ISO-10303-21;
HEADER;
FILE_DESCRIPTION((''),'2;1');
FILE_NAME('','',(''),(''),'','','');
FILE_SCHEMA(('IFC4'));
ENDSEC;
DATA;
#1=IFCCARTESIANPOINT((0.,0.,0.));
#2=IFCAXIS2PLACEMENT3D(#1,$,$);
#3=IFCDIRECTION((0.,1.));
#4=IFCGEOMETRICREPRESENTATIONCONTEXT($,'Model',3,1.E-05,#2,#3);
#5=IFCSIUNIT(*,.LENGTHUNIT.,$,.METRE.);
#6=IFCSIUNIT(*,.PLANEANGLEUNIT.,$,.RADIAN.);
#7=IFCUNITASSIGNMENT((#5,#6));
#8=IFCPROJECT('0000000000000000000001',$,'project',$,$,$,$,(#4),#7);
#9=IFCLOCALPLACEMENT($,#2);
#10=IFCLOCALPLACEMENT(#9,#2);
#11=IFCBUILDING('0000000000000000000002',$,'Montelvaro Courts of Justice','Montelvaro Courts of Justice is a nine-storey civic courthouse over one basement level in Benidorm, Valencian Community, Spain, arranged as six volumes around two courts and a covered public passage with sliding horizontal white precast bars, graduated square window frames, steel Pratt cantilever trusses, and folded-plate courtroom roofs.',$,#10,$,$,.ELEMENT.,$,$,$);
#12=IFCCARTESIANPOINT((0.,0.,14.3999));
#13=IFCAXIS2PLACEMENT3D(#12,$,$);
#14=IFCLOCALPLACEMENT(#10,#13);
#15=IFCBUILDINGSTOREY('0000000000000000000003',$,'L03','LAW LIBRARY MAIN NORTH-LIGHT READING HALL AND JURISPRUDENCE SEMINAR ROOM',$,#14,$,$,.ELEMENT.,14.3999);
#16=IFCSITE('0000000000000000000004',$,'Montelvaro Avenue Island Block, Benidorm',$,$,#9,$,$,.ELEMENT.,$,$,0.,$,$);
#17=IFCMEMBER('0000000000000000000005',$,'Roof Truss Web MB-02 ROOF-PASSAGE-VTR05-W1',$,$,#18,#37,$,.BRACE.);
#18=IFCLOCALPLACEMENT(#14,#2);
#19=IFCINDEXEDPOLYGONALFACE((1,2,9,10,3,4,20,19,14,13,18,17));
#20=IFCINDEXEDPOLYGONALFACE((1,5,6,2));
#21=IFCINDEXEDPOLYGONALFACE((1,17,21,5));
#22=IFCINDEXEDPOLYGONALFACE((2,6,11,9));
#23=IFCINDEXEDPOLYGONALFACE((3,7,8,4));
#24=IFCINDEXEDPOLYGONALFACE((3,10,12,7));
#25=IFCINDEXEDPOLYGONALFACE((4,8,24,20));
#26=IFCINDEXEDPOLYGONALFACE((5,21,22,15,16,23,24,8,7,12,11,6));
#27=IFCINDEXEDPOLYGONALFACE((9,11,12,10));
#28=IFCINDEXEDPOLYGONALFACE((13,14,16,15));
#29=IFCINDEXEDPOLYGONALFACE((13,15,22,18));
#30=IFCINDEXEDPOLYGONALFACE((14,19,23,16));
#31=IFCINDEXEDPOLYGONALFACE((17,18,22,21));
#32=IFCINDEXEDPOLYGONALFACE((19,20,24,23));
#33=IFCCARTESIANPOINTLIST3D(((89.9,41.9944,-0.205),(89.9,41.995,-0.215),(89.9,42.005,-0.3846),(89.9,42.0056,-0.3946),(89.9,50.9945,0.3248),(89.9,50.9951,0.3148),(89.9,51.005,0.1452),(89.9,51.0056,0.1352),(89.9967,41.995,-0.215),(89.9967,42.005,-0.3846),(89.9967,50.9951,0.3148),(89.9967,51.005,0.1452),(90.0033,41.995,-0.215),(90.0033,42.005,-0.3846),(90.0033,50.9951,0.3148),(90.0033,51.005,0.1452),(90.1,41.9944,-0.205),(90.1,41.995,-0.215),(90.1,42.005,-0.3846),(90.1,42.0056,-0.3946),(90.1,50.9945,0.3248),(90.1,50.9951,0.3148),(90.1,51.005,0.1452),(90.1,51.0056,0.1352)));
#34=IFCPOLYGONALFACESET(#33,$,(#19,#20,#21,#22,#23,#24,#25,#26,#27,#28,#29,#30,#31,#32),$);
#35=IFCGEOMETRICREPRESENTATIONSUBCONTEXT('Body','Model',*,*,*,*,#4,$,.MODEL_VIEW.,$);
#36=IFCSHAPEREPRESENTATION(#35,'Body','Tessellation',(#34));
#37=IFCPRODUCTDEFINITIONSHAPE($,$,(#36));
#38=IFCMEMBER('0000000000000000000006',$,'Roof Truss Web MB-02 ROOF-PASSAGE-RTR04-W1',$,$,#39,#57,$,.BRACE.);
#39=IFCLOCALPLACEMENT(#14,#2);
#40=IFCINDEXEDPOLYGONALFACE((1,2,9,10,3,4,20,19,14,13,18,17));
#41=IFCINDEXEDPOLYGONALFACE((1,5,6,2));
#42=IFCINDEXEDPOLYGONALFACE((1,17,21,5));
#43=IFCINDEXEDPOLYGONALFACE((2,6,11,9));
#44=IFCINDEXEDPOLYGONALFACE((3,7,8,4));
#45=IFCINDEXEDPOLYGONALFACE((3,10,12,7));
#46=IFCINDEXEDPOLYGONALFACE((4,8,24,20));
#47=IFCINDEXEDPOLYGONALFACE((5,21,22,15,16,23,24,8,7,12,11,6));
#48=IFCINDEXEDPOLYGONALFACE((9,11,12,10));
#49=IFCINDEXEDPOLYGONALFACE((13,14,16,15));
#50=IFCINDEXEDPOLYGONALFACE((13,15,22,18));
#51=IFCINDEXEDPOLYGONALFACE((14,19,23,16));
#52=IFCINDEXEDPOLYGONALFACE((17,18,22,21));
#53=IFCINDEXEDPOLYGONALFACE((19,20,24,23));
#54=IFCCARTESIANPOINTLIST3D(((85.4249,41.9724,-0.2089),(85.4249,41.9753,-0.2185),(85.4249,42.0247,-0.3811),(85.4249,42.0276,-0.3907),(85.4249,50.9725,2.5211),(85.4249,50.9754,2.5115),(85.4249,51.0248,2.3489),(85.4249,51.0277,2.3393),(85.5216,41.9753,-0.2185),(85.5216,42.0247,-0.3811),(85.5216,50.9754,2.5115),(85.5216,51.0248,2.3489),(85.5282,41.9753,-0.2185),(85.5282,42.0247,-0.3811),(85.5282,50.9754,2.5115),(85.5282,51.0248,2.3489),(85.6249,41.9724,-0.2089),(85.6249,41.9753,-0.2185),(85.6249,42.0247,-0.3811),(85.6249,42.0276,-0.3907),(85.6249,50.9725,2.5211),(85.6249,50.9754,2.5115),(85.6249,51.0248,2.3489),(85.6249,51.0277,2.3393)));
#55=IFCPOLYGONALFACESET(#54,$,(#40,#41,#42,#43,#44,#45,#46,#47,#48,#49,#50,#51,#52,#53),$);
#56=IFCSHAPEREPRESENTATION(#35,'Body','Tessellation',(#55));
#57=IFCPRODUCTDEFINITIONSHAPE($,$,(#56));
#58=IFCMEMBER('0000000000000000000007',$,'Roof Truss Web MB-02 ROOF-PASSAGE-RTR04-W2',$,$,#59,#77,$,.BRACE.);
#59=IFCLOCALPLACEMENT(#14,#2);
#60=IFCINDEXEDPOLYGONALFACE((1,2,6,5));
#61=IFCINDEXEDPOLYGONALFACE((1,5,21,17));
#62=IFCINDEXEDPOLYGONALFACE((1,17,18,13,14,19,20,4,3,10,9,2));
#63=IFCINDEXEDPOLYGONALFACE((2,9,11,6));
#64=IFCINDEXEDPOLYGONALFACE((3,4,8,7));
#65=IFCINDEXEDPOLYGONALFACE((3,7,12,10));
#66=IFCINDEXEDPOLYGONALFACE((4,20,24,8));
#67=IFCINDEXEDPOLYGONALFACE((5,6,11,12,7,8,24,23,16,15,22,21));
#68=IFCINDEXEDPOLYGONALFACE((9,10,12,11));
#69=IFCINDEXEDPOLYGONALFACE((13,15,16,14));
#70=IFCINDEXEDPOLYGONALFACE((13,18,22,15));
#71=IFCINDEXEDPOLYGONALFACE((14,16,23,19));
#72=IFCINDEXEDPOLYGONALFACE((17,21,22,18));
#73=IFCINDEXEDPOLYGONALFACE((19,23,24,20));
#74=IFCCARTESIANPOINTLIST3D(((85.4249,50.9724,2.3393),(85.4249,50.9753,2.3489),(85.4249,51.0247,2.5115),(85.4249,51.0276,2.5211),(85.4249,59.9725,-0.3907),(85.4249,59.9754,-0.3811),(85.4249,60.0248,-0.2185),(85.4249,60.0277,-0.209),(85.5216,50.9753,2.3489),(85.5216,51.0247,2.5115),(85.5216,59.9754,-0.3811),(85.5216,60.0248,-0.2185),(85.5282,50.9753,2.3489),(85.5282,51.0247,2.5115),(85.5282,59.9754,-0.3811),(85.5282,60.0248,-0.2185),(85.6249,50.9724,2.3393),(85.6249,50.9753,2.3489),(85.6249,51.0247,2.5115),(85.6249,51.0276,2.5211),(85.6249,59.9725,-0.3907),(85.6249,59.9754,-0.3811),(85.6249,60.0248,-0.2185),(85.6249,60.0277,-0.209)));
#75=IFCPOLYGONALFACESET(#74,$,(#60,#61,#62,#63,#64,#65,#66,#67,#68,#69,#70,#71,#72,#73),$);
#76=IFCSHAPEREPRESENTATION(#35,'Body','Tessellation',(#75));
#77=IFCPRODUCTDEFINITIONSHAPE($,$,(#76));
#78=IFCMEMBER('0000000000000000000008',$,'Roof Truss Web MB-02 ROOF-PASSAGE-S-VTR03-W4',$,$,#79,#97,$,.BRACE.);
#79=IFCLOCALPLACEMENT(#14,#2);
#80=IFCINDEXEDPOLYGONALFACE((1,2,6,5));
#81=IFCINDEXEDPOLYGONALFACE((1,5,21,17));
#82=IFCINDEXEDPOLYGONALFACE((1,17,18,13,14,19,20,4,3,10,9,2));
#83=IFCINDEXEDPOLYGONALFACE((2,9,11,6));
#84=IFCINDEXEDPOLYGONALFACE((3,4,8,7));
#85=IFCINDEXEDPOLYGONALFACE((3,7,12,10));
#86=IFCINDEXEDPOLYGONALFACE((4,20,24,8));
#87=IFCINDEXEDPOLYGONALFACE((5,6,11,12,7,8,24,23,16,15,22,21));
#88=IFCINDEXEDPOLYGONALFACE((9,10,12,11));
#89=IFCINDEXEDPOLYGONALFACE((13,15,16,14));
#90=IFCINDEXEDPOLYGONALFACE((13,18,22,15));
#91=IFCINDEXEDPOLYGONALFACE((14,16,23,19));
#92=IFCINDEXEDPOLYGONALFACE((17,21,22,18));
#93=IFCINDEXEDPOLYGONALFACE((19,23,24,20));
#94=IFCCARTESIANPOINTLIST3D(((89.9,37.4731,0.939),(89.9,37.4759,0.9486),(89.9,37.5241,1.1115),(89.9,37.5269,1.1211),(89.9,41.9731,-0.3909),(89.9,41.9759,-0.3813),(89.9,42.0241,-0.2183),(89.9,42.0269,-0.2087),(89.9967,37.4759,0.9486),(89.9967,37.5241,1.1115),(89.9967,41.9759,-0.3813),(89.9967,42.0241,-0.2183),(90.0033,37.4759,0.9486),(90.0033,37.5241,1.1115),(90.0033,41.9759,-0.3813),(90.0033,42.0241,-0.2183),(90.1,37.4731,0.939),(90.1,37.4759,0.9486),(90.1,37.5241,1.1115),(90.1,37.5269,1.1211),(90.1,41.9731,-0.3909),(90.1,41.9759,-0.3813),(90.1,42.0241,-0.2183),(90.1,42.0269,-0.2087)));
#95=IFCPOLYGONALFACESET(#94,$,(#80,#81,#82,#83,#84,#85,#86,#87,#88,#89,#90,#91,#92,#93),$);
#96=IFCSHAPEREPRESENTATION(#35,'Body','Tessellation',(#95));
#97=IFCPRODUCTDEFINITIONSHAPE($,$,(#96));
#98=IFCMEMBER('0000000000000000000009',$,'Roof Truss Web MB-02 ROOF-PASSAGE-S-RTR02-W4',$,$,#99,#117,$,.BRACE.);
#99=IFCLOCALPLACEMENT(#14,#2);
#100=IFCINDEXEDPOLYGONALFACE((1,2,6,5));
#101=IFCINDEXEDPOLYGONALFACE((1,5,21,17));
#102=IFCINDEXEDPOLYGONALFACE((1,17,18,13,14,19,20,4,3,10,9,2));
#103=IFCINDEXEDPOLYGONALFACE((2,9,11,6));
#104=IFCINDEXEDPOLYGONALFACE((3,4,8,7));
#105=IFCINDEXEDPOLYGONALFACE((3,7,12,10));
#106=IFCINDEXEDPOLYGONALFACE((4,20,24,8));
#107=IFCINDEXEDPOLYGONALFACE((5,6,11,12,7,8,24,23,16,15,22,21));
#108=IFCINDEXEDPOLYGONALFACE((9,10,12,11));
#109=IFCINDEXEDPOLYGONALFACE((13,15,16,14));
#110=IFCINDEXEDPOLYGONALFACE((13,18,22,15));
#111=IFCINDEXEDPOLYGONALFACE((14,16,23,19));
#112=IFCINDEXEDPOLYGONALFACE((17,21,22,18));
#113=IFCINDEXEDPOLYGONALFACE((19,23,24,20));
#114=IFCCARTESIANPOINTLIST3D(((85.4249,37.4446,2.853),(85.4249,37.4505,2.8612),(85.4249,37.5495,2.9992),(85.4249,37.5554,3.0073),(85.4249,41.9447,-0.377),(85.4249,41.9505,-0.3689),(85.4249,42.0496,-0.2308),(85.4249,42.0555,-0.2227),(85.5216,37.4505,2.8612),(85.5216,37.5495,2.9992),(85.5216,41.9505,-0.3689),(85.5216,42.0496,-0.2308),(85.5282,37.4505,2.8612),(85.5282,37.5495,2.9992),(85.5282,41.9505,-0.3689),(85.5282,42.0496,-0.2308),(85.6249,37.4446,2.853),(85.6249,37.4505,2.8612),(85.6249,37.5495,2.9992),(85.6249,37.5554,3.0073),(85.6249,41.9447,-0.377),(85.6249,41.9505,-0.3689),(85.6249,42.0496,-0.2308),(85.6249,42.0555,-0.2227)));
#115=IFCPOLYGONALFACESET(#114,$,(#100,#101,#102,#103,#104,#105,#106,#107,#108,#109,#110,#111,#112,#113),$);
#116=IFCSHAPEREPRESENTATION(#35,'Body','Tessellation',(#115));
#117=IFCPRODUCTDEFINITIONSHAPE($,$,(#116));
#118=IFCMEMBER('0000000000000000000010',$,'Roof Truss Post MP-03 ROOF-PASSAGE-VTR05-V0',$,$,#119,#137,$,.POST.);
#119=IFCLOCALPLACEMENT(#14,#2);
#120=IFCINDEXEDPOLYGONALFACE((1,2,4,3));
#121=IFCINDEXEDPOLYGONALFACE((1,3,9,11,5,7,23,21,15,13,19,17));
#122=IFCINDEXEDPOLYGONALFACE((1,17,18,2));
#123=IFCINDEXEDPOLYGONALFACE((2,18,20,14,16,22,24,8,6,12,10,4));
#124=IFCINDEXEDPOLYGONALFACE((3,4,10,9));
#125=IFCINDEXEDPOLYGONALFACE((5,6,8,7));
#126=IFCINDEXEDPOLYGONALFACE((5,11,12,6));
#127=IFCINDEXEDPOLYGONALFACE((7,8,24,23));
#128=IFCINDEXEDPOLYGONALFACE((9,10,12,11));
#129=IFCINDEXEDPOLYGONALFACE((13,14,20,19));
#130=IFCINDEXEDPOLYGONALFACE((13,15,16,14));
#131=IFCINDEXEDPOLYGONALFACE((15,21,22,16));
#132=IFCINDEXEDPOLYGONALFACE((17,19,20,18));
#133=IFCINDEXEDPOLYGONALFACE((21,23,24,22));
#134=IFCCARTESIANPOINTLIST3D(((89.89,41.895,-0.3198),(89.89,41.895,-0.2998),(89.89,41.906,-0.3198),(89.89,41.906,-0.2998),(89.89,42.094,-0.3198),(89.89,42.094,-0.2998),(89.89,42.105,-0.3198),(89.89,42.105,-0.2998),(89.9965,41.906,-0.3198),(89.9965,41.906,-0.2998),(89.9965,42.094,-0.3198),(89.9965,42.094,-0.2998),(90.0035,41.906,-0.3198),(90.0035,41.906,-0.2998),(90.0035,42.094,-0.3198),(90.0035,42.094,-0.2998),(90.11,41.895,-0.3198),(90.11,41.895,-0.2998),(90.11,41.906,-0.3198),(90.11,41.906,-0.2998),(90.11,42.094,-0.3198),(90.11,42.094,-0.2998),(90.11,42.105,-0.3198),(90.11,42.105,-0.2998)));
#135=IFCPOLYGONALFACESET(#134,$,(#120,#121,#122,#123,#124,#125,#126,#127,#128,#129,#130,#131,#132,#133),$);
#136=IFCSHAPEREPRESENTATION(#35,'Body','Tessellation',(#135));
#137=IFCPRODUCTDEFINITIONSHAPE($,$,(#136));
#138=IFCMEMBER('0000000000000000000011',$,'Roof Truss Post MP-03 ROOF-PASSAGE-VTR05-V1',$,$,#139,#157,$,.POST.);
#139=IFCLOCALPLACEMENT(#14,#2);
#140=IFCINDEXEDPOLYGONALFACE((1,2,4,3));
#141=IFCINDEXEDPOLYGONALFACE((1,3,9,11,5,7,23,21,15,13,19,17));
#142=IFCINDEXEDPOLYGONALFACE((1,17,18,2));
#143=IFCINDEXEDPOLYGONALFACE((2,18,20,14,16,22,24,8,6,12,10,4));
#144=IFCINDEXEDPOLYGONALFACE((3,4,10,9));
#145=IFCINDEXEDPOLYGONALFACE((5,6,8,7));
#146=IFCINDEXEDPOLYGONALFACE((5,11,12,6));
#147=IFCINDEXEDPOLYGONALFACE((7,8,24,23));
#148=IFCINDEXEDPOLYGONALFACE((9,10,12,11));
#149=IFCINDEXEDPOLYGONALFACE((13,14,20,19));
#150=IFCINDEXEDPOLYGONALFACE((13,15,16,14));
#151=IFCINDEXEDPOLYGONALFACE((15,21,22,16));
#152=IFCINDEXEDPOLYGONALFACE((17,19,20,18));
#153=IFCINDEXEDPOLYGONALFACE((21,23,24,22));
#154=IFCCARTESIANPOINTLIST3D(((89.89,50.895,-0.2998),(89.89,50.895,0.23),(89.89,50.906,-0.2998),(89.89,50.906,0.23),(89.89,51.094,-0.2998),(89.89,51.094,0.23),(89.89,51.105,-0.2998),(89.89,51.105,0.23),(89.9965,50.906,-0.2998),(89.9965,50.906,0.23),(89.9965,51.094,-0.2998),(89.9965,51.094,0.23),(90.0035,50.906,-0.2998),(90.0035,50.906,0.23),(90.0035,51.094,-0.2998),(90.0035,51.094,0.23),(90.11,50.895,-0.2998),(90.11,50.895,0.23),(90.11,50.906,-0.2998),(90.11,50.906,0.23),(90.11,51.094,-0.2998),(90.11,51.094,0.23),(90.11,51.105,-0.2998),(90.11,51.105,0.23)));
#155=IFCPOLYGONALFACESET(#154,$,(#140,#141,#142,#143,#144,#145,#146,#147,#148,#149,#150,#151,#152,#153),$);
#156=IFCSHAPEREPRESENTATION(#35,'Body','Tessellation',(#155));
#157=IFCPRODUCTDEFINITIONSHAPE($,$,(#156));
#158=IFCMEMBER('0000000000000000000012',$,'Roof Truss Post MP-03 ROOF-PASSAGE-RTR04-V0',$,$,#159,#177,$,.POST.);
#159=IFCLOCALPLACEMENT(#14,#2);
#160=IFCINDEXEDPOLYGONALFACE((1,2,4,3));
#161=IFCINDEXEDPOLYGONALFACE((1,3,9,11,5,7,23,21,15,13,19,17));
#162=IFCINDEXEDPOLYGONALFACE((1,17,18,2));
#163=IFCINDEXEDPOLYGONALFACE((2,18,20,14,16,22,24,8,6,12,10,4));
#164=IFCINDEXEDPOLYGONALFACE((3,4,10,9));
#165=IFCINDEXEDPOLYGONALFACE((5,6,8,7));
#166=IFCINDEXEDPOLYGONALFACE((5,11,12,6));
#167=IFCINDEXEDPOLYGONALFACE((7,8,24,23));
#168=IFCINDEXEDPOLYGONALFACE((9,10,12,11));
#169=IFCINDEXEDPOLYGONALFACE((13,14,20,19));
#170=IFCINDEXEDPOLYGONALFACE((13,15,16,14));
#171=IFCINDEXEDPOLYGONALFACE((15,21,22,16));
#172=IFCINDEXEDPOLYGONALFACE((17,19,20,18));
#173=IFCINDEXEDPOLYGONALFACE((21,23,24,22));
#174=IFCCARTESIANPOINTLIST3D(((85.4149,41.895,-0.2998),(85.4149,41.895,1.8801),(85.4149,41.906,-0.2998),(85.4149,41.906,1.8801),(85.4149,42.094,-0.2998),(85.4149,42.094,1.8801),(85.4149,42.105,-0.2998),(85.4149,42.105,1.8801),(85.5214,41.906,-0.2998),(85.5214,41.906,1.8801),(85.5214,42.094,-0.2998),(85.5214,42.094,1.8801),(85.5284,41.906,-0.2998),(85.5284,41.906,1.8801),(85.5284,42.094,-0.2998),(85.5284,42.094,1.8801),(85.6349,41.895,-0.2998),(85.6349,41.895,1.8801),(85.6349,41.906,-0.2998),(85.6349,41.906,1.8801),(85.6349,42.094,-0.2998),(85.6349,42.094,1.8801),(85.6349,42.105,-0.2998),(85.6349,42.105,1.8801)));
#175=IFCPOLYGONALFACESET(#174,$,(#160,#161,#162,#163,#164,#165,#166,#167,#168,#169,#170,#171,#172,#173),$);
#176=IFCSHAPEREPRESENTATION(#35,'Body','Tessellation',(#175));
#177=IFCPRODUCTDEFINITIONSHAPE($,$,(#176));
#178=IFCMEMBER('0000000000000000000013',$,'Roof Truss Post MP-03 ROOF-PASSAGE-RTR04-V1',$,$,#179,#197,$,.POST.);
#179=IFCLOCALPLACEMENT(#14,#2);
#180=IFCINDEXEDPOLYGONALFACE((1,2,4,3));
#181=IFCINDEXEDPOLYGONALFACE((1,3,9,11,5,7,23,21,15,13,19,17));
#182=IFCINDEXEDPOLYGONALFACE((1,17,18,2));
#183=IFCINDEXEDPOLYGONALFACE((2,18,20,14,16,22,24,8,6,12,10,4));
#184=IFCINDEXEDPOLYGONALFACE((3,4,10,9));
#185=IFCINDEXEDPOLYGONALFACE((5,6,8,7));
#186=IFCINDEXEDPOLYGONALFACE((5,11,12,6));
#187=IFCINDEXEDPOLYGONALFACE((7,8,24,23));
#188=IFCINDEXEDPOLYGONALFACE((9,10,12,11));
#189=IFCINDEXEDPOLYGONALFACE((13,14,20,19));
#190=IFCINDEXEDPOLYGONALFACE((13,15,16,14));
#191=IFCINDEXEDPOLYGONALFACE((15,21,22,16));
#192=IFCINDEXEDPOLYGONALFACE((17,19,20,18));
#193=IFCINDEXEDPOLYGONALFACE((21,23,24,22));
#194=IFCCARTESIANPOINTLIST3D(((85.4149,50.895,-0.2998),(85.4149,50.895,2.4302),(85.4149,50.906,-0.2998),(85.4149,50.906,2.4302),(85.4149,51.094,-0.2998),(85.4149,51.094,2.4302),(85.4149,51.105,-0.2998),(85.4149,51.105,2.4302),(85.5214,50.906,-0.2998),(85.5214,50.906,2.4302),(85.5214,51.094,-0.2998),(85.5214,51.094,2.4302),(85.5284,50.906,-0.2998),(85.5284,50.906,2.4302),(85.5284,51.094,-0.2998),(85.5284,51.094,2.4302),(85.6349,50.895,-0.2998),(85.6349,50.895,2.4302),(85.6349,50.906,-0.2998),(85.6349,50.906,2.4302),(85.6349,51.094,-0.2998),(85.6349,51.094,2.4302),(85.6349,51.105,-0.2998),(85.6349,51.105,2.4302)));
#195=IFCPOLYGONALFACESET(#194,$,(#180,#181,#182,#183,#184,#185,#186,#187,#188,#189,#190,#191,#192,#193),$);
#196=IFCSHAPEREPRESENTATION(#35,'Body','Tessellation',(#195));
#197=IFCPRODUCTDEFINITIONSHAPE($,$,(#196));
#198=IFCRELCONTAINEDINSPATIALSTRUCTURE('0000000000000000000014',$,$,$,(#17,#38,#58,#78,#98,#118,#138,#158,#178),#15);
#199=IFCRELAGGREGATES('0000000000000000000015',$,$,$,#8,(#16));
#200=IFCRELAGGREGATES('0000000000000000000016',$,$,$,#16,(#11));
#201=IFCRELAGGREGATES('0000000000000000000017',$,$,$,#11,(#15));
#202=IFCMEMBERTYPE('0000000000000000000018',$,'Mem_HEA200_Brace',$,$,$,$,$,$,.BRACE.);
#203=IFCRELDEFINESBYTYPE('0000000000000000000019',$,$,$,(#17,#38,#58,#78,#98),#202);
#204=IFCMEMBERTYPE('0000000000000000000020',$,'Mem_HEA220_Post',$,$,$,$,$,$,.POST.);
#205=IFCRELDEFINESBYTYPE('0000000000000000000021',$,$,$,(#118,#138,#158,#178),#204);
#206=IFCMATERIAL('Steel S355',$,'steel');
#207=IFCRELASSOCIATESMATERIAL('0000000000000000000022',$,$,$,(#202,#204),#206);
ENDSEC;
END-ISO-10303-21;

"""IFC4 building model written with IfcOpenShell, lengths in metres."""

from ifc_helpers import new_model, si_unit, direction, frame, origin, origin_2d, place, context, subcontext, project, spatial, i_section, extrude, material, material_profile, profile_set, type_object, element, save


model = new_model("IFC4")

# Units and contexts
model_context = context("Model", 3, precision=1e-05, world=origin(), true_north=direction((0.0, 1.0)))
body_context = subcontext(model_context, "Body", "Model", "MODEL_VIEW")
ifc_project = project(units=[si_unit("LENGTHUNIT", "METRE"), si_unit("PLANEANGLEUNIT", "RADIAN")], contexts=[model_context])

# Site, building, storey
site_placement = place(None, origin())
site = spatial("IfcSite", under=ifc_project, at=site_placement, Name="Montelvaro Avenue Island Block, Benidorm", CompositionType="ELEMENT", RefElevation=0.0)
building_placement = place(site_placement, origin())
building = spatial("IfcBuilding", under=site, at=building_placement, Name="Montelvaro Courts of Justice", Description="Montelvaro Courts of Justice is a nine-storey civic courthouse over one basement level in Benidorm, Valencian Community, Spain, arranged as six volumes around two courts and a covered public passage with sliding horizontal white precast bars, graduated square window frames, steel Pratt cantilever trusses, and folded-plate courtroom roofs.", CompositionType="ELEMENT")
storey_placement = place(building_placement, frame((0.0, 0.0, 14.3999)))
storey = spatial("IfcBuildingStorey", under=building, at=storey_placement, Name="L03", Description="LAW LIBRARY MAIN NORTH-LIGHT READING HALL AND JURISPRUDENCE SEMINAR ROOM", CompositionType="ELEMENT", Elevation=14.3999)

# Members
ifc_material_1 = material(Name="Steel S355", Category="steel")
ifc_material_profile_1 = material_profile(ifc_material_1, i_section(OverallWidth=0.2, OverallDepth=0.1899, WebThickness=0.0066, FlangeThickness=0.01, at=origin_2d()), Name="HEA 200")
ifc_profile_set_1 = profile_set([ifc_material_profile_1], Name="Steel S355")
member_type_1 = type_object("IfcMemberType", Name="Mem_HEA200_Brace", PredefinedType="BRACE", material=ifc_profile_set_1)
member_1_placement = place(storey_placement, frame((90.0, 42.0, -0.2998), z_axis=(0.0, 0.998272, 0.058763), x_axis=(-1.0, 0.0, 0.0)))
element("IfcMember", 1, at=member_1_placement, inside=storey, type_object=member_type_1, Name="Roof Truss Web MB-02 ROOF-PASSAGE-VTR05-W1", PredefinedType="BRACE", context=body_context, shape_type="SweptSolid", body=[
    extrude(i_section(OverallWidth=0.2, OverallDepth=0.1899, WebThickness=0.0066, FlangeThickness=0.01, at=origin_2d()), origin(), (0.0, 0.0, 1.0), 9.0156),
])
for number, where, z_axis, x_axis, name in (
    (2, (85.5249, 42.0, -0.2998), (0.0, 0.956944, 0.290271), (-1.0, 0.0, 0.0), "Roof Truss Web MB-02 ROOF-PASSAGE-RTR04-W1"),
    (3, (85.5249, 51.0, 2.4302), (0.0, 0.956944, -0.290271), (-1.0, 0.0, 0.0), "Roof Truss Web MB-02 ROOF-PASSAGE-RTR04-W2"),
):
    element("IfcMember", number, at=place(storey_placement, frame(where, z_axis=z_axis, x_axis=x_axis)), inside=storey, type_object=member_type_1, Name=name, PredefinedType="BRACE", context=body_context, shape_type="SweptSolid", body=[
        extrude(i_section(OverallWidth=0.2, OverallDepth=0.1899, WebThickness=0.0066, FlangeThickness=0.01, at=origin_2d()), origin(), (0.0, 0.0, 1.0), 9.405),
    ])
member_2_placement = place(storey_placement, frame((90.0, 37.5, 1.03), z_axis=(0.0, 0.959001, -0.283403), x_axis=(-1.0, 0.0, 0.0)))
element("IfcMember", 4, at=member_2_placement, inside=storey, type_object=member_type_1, Name="Roof Truss Web MB-02 ROOF-PASSAGE-S-VTR03-W4", PredefinedType="BRACE", context=body_context, shape_type="SweptSolid", body=[
    extrude(i_section(OverallWidth=0.2, OverallDepth=0.1899, WebThickness=0.0066, FlangeThickness=0.01, at=origin_2d()), origin(), (0.0, 0.0, 1.0), 4.6924),
])
member_3_placement = place(storey_placement, frame((85.5249, 37.5, 2.9302), z_axis=(0.0, 0.812391, -0.583113), x_axis=(-1.0, 0.0, 0.0)))
element("IfcMember", 5, at=member_3_placement, inside=storey, type_object=member_type_1, Name="Roof Truss Web MB-02 ROOF-PASSAGE-S-RTR02-W4", PredefinedType="BRACE", context=body_context, shape_type="SweptSolid", body=[
    extrude(i_section(OverallWidth=0.2, OverallDepth=0.1899, WebThickness=0.0066, FlangeThickness=0.01, at=origin_2d()), origin(), (0.0, 0.0, 1.0), 5.5393),
])
ifc_material_profile_2 = material_profile(ifc_material_1, i_section(OverallWidth=0.22, OverallDepth=0.21, WebThickness=0.0071, FlangeThickness=0.011, at=origin_2d()), Name="HEA 220")
ifc_profile_set_2 = profile_set([ifc_material_profile_2], Name="Steel S355")
member_type_2 = type_object("IfcMemberType", Name="Mem_HEA220_Post", PredefinedType="POST", material=ifc_profile_set_2)
member_4_placement = place(storey_placement, frame((90.0, 42.0, -0.2998), z_axis=(0.0, 0.0, -1.0), x_axis=(1.0, 0.0, 0.0)))
element("IfcMember", 6, at=member_4_placement, inside=storey, type_object=member_type_2, Name="Roof Truss Post MP-03 ROOF-PASSAGE-VTR05-V0", PredefinedType="POST", context=body_context, shape_type="SweptSolid", body=[
    extrude(i_section(OverallWidth=0.22, OverallDepth=0.21, WebThickness=0.0071, FlangeThickness=0.011, at=origin_2d()), origin(), (0.0, 0.0, 1.0), 0.02),
])
member_5_placement = place(storey_placement, frame((90.0, 51.0, -0.2998), z_axis=(0.0, 0.0, 1.0), x_axis=(1.0, 0.0, 0.0)))
element("IfcMember", 7, at=member_5_placement, inside=storey, type_object=member_type_2, Name="Roof Truss Post MP-03 ROOF-PASSAGE-VTR05-V1", PredefinedType="POST", context=body_context, shape_type="SweptSolid", body=[
    extrude(i_section(OverallWidth=0.22, OverallDepth=0.21, WebThickness=0.0071, FlangeThickness=0.011, at=origin_2d()), origin(), (0.0, 0.0, 1.0), 0.5298),
])
member_6_placement = place(storey_placement, frame((85.5249, 42.0, -0.2998), z_axis=(0.0, 0.0, 1.0), x_axis=(1.0, 0.0, 0.0)))
element("IfcMember", 8, at=member_6_placement, inside=storey, type_object=member_type_2, Name="Roof Truss Post MP-03 ROOF-PASSAGE-RTR04-V0", PredefinedType="POST", context=body_context, shape_type="SweptSolid", body=[
    extrude(i_section(OverallWidth=0.22, OverallDepth=0.21, WebThickness=0.0071, FlangeThickness=0.011, at=origin_2d()), origin(), (0.0, 0.0, 1.0), 2.1799),
])
member_7_placement = place(storey_placement, frame((85.5249, 51.0, -0.2998), z_axis=(0.0, 0.0, 1.0), x_axis=(1.0, 0.0, 0.0)))
element("IfcMember", 9, at=member_7_placement, inside=storey, type_object=member_type_2, Name="Roof Truss Post MP-03 ROOF-PASSAGE-RTR04-V1", PredefinedType="POST", context=body_context, shape_type="SweptSolid", body=[
    extrude(i_section(OverallWidth=0.22, OverallDepth=0.21, WebThickness=0.0071, FlangeThickness=0.011, at=origin_2d()), origin(), (0.0, 0.0, 1.0), 2.73),
])

save(model, "model.ifc")
